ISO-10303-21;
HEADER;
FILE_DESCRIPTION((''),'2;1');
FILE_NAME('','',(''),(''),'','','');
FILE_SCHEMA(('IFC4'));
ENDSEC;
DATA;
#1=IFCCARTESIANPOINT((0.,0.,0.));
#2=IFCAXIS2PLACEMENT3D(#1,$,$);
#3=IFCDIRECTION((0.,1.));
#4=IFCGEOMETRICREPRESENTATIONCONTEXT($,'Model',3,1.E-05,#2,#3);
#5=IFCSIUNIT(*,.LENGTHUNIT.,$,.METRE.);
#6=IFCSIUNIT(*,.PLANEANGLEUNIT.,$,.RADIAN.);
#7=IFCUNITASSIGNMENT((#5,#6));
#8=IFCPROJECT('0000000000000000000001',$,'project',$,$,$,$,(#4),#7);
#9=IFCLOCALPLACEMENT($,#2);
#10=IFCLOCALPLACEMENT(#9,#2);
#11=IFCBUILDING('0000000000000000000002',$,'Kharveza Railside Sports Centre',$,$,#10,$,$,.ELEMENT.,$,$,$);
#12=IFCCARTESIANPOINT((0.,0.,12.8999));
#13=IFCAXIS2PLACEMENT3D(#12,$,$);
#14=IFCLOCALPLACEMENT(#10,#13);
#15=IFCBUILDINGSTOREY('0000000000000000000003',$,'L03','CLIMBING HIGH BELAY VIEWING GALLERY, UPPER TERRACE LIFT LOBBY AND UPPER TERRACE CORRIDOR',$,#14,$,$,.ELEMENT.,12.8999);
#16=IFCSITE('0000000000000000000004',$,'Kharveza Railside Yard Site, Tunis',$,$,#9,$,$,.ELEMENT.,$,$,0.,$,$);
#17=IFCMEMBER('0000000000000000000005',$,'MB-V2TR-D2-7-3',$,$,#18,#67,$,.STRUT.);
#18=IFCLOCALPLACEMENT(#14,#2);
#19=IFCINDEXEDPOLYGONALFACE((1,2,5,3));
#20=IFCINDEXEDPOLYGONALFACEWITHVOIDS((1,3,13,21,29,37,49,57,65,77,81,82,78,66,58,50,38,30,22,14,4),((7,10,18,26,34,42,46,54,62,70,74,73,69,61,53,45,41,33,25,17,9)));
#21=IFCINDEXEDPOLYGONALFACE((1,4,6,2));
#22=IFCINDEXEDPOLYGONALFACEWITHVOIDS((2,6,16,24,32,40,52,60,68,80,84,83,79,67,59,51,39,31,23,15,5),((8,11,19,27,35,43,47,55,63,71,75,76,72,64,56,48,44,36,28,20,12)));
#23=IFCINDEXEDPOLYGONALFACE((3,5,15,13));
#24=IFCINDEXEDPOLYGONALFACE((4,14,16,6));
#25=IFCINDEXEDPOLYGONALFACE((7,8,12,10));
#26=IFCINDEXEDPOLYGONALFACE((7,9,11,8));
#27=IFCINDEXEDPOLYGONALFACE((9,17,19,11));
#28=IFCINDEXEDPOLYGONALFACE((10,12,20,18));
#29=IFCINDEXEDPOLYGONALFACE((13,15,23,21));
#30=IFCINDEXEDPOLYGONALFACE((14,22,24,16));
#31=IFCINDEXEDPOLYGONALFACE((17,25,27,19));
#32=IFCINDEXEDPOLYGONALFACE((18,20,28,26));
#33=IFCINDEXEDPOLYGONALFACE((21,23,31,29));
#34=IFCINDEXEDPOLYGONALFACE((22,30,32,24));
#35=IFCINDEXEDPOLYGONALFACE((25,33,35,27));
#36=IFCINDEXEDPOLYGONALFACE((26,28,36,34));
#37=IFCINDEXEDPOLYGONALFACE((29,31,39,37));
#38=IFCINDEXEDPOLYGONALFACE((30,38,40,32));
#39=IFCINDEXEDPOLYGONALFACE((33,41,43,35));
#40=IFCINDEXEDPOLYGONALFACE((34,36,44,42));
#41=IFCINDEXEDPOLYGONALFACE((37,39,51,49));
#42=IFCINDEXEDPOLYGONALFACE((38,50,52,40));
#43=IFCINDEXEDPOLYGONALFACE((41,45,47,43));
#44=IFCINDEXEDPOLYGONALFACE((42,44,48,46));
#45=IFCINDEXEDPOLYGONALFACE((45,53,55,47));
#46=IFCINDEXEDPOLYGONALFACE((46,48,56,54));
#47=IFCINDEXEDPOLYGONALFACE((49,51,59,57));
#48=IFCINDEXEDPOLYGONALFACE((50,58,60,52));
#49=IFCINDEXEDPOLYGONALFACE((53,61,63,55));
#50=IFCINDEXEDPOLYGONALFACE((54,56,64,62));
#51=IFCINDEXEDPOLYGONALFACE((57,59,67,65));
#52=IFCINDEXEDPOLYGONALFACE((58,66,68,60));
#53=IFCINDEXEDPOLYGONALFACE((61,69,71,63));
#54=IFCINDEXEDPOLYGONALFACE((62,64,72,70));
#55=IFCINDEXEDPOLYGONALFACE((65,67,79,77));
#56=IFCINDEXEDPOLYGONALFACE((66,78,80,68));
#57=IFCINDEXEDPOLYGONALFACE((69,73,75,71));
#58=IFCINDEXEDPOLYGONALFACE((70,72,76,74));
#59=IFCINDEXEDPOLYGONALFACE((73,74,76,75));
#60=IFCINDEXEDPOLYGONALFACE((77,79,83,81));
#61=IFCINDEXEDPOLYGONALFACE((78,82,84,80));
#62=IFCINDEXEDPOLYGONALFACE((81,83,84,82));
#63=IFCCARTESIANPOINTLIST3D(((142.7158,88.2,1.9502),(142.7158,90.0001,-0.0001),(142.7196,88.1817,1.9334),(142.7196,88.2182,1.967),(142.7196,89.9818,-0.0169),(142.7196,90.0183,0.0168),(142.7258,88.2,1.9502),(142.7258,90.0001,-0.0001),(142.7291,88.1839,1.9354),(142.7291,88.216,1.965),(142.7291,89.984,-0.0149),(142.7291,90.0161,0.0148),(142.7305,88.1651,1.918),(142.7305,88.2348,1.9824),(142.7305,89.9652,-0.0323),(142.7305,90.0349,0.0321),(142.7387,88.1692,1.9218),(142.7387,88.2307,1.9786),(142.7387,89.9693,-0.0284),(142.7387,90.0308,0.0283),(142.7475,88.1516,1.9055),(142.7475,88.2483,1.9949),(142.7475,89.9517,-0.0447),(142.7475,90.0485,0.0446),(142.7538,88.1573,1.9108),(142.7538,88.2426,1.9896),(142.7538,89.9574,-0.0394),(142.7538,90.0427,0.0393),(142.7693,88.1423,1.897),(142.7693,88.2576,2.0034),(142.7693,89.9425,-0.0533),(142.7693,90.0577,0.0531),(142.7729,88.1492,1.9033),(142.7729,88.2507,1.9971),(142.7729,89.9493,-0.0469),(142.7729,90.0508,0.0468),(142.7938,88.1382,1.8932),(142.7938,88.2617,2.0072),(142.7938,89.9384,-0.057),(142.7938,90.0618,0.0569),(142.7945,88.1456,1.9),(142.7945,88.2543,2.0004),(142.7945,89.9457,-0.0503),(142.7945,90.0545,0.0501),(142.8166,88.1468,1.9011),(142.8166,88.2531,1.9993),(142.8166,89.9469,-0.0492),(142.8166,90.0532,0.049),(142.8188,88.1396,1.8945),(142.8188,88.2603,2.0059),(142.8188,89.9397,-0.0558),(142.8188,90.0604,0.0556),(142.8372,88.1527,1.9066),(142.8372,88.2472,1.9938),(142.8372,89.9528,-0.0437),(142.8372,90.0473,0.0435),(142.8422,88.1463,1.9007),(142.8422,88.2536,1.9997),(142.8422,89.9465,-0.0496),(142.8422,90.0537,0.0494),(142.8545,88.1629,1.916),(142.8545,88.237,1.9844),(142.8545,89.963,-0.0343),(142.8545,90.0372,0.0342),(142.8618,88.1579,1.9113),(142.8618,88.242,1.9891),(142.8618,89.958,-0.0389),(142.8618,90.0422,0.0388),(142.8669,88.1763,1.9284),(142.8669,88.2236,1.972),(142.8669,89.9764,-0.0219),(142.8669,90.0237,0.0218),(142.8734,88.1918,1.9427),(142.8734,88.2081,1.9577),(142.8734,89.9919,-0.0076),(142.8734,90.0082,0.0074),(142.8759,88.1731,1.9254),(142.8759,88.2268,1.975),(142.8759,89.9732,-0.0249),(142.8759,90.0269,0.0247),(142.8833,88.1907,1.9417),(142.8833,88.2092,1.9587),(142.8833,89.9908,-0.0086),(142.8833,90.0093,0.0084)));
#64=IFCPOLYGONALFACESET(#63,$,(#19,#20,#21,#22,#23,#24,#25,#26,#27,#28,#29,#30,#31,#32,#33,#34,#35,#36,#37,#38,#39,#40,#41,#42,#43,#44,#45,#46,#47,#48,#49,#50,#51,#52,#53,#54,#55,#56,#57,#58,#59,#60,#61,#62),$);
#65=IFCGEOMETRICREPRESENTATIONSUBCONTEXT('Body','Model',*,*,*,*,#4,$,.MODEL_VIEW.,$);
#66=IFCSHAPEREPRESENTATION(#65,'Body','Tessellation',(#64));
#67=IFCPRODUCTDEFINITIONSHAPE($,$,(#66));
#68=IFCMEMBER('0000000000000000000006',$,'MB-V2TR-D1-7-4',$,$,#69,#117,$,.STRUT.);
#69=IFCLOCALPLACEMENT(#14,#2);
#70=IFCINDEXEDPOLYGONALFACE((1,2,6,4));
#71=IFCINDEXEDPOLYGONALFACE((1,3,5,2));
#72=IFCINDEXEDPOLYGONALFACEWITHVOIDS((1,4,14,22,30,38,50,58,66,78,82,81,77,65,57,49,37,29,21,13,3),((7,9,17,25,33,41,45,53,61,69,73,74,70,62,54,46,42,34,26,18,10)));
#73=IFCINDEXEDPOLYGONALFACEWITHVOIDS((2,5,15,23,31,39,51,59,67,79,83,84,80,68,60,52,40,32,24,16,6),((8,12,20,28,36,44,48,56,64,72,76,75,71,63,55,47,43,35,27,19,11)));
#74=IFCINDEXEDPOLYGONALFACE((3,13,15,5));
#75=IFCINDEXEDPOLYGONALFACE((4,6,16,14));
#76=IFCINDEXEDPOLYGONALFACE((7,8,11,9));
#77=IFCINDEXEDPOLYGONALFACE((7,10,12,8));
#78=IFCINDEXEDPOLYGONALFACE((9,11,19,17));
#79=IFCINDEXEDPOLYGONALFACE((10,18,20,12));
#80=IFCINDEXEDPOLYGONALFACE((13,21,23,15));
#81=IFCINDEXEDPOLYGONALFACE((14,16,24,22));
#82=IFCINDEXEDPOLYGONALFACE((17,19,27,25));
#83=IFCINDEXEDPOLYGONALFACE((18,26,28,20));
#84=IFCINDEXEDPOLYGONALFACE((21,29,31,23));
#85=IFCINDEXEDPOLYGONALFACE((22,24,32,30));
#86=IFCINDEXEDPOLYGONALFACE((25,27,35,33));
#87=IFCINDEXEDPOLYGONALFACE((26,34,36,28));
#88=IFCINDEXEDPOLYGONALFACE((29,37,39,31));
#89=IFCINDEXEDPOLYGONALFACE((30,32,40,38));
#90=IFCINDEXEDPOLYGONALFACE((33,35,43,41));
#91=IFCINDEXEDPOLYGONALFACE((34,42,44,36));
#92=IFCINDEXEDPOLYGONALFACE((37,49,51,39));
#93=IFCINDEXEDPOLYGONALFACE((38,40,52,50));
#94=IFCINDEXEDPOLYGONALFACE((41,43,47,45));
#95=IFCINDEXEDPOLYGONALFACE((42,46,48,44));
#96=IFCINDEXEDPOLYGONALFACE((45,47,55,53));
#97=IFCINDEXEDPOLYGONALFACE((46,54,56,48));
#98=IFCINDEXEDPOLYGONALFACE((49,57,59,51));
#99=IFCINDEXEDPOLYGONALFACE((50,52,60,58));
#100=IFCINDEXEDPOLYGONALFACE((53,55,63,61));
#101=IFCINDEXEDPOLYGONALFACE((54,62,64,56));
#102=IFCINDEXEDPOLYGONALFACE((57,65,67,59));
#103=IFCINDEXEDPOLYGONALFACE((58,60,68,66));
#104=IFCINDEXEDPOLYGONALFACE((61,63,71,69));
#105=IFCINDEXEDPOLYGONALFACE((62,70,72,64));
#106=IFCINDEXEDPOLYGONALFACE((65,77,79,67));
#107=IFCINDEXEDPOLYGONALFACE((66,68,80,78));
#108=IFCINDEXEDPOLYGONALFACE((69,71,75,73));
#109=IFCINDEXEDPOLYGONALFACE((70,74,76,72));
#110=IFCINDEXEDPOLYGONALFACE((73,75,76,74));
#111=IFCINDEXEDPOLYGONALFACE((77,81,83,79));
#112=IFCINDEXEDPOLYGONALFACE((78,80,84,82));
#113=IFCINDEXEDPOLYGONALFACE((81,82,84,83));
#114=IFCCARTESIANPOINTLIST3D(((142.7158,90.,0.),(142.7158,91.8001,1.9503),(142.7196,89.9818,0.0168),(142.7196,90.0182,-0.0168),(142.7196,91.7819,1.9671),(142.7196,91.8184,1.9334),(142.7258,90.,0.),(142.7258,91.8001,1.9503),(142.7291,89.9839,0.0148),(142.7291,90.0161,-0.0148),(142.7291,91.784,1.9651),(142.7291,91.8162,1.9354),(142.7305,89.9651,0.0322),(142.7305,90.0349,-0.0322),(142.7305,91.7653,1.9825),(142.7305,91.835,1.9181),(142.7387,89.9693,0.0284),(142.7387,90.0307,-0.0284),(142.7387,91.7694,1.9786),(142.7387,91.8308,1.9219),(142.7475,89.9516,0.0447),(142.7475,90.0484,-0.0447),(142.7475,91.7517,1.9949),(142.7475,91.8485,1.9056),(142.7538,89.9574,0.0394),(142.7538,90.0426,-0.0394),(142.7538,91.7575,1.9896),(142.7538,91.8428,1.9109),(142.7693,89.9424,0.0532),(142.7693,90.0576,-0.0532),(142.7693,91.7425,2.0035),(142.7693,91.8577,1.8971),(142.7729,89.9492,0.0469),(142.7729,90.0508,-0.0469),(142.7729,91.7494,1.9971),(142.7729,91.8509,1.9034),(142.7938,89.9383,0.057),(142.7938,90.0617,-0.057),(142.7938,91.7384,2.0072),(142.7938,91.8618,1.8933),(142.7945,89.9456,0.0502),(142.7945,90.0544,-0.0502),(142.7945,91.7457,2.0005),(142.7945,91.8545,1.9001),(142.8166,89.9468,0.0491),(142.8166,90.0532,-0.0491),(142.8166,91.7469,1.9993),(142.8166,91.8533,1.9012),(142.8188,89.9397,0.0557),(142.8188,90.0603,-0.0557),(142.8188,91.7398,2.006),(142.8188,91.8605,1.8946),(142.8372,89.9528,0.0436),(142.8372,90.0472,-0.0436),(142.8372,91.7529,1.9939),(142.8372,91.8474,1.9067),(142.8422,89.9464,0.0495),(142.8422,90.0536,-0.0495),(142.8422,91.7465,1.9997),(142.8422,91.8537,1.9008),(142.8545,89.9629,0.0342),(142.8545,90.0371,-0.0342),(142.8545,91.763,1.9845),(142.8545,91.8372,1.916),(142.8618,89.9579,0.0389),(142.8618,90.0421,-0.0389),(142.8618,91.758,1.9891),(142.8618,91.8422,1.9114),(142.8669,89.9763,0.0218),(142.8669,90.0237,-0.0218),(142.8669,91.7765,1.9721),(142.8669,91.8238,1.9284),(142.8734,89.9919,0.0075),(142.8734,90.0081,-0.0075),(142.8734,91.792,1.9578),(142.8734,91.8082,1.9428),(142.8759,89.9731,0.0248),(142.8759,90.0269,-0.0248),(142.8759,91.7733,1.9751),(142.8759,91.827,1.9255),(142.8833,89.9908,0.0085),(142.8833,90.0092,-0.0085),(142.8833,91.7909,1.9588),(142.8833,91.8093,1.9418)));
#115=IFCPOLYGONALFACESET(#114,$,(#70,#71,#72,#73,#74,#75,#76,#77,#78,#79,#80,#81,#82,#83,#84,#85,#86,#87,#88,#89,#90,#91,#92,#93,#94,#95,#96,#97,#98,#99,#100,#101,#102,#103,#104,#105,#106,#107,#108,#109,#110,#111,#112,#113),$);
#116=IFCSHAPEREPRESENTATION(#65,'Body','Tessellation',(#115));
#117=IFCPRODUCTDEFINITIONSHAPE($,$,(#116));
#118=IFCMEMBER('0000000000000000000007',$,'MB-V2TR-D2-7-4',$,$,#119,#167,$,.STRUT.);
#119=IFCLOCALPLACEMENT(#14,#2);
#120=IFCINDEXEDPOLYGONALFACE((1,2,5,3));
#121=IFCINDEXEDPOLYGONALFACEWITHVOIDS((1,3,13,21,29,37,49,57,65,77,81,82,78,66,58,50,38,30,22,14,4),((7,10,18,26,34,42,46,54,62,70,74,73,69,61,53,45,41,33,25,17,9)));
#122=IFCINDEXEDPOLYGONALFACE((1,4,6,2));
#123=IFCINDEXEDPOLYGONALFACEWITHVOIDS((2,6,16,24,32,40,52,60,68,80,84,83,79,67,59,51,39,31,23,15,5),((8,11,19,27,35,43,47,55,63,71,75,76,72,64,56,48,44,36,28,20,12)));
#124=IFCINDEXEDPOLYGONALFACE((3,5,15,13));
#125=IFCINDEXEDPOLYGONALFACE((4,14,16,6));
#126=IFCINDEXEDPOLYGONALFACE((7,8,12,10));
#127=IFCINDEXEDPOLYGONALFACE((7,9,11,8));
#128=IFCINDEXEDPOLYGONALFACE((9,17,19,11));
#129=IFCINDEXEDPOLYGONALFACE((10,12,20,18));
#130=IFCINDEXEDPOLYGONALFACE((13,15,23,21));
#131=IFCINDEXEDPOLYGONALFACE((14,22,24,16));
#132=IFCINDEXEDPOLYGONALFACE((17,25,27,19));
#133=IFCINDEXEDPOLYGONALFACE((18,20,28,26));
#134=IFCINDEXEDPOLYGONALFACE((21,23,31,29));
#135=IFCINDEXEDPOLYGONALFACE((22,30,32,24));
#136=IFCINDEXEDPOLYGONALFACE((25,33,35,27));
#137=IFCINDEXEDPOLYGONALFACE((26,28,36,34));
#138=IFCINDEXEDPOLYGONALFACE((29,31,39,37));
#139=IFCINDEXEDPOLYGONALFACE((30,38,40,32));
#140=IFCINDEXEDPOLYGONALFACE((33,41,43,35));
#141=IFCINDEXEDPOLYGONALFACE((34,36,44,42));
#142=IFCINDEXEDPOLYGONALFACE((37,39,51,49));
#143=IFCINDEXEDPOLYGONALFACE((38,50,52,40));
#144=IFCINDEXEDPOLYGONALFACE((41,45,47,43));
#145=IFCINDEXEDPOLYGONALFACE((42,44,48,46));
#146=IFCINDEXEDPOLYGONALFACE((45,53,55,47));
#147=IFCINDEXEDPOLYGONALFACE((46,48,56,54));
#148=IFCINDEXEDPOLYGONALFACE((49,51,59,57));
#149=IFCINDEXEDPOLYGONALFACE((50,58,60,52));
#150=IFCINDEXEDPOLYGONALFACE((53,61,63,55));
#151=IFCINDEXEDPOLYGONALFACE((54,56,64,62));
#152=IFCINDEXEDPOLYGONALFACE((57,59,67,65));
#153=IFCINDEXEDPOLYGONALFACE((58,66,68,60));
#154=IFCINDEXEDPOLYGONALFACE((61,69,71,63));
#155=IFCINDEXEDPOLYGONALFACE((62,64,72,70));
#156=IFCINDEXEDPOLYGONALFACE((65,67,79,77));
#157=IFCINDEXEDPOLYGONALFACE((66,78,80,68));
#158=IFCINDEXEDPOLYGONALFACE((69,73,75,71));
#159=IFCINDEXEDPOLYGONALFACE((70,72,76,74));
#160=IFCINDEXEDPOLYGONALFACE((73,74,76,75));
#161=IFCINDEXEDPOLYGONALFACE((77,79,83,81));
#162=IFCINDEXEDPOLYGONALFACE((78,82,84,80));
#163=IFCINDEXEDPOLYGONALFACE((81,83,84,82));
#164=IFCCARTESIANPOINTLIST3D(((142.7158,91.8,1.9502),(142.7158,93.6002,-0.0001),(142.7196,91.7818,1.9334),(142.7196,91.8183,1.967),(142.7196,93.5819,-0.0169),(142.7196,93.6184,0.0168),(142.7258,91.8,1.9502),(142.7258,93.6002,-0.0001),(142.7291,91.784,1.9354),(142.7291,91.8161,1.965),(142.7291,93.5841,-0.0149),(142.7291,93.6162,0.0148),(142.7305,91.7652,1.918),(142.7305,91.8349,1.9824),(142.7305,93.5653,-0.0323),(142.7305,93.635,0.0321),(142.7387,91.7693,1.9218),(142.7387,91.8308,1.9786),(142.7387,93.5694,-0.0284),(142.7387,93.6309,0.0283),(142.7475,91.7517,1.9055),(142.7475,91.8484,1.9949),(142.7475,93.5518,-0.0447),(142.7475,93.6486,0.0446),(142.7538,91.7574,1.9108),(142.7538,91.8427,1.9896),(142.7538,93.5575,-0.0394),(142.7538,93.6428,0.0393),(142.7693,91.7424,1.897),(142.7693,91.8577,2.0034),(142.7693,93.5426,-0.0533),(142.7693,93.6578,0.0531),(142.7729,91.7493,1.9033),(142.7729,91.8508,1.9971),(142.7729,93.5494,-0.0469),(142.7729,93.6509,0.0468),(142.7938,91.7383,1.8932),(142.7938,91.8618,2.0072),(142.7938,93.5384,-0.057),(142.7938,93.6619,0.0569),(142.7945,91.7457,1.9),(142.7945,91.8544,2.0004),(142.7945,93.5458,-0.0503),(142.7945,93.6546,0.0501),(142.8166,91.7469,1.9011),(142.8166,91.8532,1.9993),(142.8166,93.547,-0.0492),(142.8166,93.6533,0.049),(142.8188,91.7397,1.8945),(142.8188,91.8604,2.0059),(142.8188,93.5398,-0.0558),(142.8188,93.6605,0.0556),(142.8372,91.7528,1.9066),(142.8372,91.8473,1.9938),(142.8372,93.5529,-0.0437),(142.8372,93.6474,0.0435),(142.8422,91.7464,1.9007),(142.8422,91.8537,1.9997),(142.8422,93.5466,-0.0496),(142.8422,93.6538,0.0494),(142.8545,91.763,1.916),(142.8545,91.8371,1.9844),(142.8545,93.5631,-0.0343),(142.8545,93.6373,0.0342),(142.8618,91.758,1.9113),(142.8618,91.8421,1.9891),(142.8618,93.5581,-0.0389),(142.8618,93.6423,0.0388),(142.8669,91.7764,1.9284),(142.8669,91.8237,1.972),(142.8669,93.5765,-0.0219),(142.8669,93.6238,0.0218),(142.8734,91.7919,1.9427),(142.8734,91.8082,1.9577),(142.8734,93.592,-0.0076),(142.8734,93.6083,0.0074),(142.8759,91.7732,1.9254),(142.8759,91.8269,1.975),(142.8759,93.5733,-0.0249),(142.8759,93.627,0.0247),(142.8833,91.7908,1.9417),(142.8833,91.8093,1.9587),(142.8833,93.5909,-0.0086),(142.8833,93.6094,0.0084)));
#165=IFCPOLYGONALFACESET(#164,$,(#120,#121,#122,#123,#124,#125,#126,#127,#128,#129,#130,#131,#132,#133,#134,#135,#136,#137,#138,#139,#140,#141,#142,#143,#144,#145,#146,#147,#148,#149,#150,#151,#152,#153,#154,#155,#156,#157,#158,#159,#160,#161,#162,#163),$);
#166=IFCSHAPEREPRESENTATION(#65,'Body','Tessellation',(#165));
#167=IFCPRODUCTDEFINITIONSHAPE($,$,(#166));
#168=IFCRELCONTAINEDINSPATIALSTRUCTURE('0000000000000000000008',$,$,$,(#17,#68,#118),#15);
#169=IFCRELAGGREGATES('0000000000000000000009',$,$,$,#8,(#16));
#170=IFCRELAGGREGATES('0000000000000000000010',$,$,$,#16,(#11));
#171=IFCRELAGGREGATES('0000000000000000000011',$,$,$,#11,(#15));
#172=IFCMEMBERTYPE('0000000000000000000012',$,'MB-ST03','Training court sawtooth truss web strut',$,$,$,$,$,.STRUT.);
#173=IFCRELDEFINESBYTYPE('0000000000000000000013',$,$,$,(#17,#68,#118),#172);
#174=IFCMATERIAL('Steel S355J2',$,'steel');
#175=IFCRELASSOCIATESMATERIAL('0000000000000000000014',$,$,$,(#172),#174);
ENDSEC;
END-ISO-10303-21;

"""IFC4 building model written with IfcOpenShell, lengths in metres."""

from ifc_helpers import new_model, si_unit, direction, frame, origin, origin_2d, place, context, subcontext, project, spatial, hollow_circle, extrude, material, material_profile, profile_set, type_object, element, save


model = new_model("IFC4")

# Units and contexts
model_context = context("Model", 3, precision=1e-05, world=origin(), true_north=direction((0.0, 1.0)))
body_context = subcontext(model_context, "Body", "Model", "MODEL_VIEW")
ifc_project = project(units=[si_unit("LENGTHUNIT", "METRE"), si_unit("PLANEANGLEUNIT", "RADIAN")], contexts=[model_context])

# Site, building, storey
site_placement = place(None, origin())
site = spatial("IfcSite", under=ifc_project, at=site_placement, Name="Kharveza Railside Yard Site, Tunis", CompositionType="ELEMENT", RefElevation=0.0)
building_placement = place(site_placement, origin())
building = spatial("IfcBuilding", under=site, at=building_placement, Name="Kharveza Railside Sports Centre", CompositionType="ELEMENT")
storey_placement = place(building_placement, frame((0.0, 0.0, 12.8999)))
storey = spatial("IfcBuildingStorey", under=building, at=storey_placement, Name="L03", Description="CLIMBING HIGH BELAY VIEWING GALLERY, UPPER TERRACE LIFT LOBBY AND UPPER TERRACE CORRIDOR", CompositionType="ELEMENT", Elevation=12.8999)

# Shared definitions
ifc_material_1 = material(Name="Steel S355J2", Category="steel")

# Members
ifc_material_profile_1 = material_profile(ifc_material_1, hollow_circle(Radius=0.0842, WallThickness=0.01, at=origin_2d()), Name="CHS 168.3x10.0")
ifc_profile_set_1 = profile_set([ifc_material_profile_1], Name="Steel S355J2")
member_type_1 = type_object("IfcMemberType", Name="MB-ST03", Description="Training court sawtooth truss web strut", PredefinedType="STRUT", material=ifc_profile_set_1)
for number, where, z_axis, x_axis, name in (
    (1, (142.8, 88.2, 1.9502), (0.0, 0.678253, -0.734828), (-1.0, 0.0, 0.0), "MB-V2TR-D2-7-3"),
    (2, (142.8, 90.0, 0.0), (0.0, 0.678253, 0.734828), (-1.0, 0.0, 0.0), "MB-V2TR-D1-7-4"),
    (3, (142.8, 91.8, 1.9502), (0.0, 0.678253, -0.734828), (-1.0, 0.0, 0.0), "MB-V2TR-D2-7-4"),
):
    element("IfcMember", number, at=place(storey_placement, frame(where, z_axis=z_axis, x_axis=x_axis)), inside=storey, type_object=member_type_1, Name=name, PredefinedType="STRUT", context=body_context, shape_type="SweptSolid", body=[
        extrude(hollow_circle(Radius=0.0842, WallThickness=0.01, at=origin_2d()), origin(), (0.0, 0.0, 1.0), 2.6541),
    ])

save(model, "model.ifc")
